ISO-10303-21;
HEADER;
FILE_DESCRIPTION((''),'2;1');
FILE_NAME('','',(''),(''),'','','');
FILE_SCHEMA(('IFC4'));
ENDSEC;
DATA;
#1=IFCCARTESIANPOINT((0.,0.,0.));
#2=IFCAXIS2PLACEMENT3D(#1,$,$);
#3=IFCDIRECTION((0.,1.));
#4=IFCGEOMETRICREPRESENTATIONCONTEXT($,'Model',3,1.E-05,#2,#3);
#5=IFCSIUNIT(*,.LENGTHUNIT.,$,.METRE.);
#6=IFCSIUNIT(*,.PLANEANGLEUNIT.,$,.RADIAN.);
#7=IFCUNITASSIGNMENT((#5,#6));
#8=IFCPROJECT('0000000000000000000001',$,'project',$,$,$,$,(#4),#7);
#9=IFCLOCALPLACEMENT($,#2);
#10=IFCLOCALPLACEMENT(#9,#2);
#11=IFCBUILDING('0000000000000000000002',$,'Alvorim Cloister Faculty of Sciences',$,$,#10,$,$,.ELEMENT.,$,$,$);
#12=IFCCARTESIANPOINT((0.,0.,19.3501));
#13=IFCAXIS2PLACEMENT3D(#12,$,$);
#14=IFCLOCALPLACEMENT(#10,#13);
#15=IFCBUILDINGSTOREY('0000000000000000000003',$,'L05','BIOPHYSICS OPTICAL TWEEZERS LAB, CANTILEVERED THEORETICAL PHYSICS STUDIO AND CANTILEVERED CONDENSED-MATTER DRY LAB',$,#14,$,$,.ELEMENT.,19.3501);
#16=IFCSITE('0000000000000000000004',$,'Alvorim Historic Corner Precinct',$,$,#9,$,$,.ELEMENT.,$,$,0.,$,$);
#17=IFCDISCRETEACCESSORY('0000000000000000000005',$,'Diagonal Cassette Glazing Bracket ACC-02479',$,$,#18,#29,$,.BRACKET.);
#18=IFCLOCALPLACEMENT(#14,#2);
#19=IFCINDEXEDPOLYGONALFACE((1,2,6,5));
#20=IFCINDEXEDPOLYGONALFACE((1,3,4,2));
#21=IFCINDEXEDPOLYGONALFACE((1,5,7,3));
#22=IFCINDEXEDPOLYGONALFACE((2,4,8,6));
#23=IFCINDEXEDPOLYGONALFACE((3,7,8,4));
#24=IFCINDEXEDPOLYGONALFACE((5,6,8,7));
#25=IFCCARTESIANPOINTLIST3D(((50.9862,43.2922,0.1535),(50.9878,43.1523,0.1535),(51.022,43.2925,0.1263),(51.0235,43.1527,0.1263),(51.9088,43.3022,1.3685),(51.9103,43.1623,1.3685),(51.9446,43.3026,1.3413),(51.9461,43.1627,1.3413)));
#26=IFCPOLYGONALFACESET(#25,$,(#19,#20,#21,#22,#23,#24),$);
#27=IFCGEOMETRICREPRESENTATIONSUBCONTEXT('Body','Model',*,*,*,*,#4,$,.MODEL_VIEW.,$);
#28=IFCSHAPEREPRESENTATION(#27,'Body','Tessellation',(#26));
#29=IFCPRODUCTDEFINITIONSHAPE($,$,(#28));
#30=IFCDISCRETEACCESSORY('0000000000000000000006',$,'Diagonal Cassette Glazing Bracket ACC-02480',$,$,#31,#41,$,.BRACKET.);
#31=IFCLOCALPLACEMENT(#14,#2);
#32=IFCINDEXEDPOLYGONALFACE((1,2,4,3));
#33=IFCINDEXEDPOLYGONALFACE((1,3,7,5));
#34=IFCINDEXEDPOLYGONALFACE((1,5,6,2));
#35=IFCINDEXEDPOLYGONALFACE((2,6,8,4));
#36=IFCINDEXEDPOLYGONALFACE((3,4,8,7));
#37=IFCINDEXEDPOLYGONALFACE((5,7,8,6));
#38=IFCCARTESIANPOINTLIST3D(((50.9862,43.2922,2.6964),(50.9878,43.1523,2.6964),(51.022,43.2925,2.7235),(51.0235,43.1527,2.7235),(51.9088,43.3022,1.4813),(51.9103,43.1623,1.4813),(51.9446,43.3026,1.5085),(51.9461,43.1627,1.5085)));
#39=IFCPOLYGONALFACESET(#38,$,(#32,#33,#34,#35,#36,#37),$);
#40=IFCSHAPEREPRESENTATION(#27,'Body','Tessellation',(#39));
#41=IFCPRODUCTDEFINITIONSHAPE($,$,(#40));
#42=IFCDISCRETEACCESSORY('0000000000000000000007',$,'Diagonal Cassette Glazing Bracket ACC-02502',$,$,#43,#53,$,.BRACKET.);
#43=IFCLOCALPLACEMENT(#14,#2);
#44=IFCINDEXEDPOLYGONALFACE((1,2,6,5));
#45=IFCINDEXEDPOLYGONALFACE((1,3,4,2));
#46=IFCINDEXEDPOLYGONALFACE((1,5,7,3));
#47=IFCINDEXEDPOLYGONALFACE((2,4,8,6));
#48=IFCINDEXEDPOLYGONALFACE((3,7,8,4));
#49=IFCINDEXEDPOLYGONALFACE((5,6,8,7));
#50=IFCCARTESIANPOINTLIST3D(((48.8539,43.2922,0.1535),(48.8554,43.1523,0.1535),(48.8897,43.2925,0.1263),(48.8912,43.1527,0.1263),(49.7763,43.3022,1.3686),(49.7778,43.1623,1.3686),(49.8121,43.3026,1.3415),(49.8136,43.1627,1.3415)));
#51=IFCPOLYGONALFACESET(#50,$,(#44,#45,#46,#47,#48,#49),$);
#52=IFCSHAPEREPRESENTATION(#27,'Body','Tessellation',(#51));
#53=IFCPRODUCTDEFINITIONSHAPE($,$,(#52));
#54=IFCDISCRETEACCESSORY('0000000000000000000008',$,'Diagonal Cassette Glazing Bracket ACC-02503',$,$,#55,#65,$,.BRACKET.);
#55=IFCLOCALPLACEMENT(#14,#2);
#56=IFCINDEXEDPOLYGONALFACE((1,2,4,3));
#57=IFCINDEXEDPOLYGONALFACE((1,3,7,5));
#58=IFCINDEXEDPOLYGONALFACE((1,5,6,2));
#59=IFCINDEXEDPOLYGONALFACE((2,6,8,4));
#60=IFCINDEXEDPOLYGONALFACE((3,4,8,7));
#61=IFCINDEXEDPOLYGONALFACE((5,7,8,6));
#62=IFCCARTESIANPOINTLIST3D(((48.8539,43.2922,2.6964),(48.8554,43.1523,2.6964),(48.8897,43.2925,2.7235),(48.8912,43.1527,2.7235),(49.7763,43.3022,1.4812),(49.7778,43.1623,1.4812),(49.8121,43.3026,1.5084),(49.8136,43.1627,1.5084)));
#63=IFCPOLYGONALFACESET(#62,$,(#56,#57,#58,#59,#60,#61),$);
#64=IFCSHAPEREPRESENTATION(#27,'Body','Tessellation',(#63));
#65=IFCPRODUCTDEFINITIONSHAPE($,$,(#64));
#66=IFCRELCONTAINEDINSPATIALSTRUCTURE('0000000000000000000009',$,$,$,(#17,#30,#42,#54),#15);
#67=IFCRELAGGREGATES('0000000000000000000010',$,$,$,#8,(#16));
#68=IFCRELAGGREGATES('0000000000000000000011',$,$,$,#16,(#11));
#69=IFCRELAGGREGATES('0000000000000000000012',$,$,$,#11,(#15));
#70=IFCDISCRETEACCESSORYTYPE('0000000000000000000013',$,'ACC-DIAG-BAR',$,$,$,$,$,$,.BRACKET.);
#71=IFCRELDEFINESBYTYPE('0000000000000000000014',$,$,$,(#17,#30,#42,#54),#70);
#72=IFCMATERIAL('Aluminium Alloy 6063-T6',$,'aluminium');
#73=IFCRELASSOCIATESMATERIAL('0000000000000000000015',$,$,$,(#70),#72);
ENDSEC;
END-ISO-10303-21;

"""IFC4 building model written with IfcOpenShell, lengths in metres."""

from ifc_helpers import new_model, si_unit, direction, frame, origin, origin_2d, place, context, subcontext, project, spatial, rectangle, extrude, material, type_object, element, save


model = new_model("IFC4")

# Units and contexts
model_context = context("Model", 3, precision=1e-05, world=origin(), true_north=direction((0.0, 1.0)))
body_context = subcontext(model_context, "Body", "Model", "MODEL_VIEW")
ifc_project = project(units=[si_unit("LENGTHUNIT", "METRE"), si_unit("PLANEANGLEUNIT", "RADIAN")], contexts=[model_context])

# Site, building, storey
site_placement = place(None, origin())
site = spatial("IfcSite", under=ifc_project, at=site_placement, Name="Alvorim Historic Corner Precinct", CompositionType="ELEMENT", RefElevation=0.0)
building_placement = place(site_placement, origin())
building = spatial("IfcBuilding", under=site, at=building_placement, Name="Alvorim Cloister Faculty of Sciences", CompositionType="ELEMENT")
storey_placement = place(building_placement, frame((0.0, 0.0, 19.3501)))
storey = spatial("IfcBuildingStorey", under=building, at=storey_placement, Name="L05", Description="BIOPHYSICS OPTICAL TWEEZERS LAB, CANTILEVERED THEORETICAL PHYSICS STUDIO AND CANTILEVERED CONDENSED-MATTER DRY LAB", CompositionType="ELEMENT", Elevation=19.3501)

# Shared definitions
ifc_material_1 = material(Name="Aluminium Alloy 6063-T6", Category="aluminium")

# Discrete accessories
discrete_accessory_type = type_object("IfcDiscreteAccessoryType", Name="ACC-DIAG-BAR", PredefinedType="BRACKET", material=ifc_material_1)
for number, where, z_axis, x_axis, name in (
    (1, (51.0049, 43.2224, 0.1399), (0.604713, 0.006561, 0.796416), (-0.010849, 0.999941, 0.0), "Diagonal Cassette Glazing Bracket ACC-02479"),
    (2, (51.0049, 43.2224, 2.71), (0.604713, 0.006561, -0.796416), (-0.010849, 0.999941, 0.0), "Diagonal Cassette Glazing Bracket ACC-02480"),
    (3, (48.8726, 43.2224, 0.1399), (0.604612, 0.006561, 0.796493), (-0.010852, 0.999941, 0.0), "Diagonal Cassette Glazing Bracket ACC-02502"),
    (4, (48.8726, 43.2224, 2.71), (0.604612, 0.006561, -0.796493), (-0.010852, 0.999941, 0.0), "Diagonal Cassette Glazing Bracket ACC-02503"),
):
    element("IfcDiscreteAccessory", number, at=place(storey_placement, frame(where, z_axis=z_axis, x_axis=x_axis)), inside=storey, type_object=discrete_accessory_type, Name=name, PredefinedType="BRACKET", context=body_context, shape_type="SweptSolid", body=[
        extrude(rectangle(XDim=0.1399, YDim=0.0449, at=origin_2d()), origin(), (0.0, 0.0, 1.0), 1.5256),
    ])

save(model, "model.ifc")
